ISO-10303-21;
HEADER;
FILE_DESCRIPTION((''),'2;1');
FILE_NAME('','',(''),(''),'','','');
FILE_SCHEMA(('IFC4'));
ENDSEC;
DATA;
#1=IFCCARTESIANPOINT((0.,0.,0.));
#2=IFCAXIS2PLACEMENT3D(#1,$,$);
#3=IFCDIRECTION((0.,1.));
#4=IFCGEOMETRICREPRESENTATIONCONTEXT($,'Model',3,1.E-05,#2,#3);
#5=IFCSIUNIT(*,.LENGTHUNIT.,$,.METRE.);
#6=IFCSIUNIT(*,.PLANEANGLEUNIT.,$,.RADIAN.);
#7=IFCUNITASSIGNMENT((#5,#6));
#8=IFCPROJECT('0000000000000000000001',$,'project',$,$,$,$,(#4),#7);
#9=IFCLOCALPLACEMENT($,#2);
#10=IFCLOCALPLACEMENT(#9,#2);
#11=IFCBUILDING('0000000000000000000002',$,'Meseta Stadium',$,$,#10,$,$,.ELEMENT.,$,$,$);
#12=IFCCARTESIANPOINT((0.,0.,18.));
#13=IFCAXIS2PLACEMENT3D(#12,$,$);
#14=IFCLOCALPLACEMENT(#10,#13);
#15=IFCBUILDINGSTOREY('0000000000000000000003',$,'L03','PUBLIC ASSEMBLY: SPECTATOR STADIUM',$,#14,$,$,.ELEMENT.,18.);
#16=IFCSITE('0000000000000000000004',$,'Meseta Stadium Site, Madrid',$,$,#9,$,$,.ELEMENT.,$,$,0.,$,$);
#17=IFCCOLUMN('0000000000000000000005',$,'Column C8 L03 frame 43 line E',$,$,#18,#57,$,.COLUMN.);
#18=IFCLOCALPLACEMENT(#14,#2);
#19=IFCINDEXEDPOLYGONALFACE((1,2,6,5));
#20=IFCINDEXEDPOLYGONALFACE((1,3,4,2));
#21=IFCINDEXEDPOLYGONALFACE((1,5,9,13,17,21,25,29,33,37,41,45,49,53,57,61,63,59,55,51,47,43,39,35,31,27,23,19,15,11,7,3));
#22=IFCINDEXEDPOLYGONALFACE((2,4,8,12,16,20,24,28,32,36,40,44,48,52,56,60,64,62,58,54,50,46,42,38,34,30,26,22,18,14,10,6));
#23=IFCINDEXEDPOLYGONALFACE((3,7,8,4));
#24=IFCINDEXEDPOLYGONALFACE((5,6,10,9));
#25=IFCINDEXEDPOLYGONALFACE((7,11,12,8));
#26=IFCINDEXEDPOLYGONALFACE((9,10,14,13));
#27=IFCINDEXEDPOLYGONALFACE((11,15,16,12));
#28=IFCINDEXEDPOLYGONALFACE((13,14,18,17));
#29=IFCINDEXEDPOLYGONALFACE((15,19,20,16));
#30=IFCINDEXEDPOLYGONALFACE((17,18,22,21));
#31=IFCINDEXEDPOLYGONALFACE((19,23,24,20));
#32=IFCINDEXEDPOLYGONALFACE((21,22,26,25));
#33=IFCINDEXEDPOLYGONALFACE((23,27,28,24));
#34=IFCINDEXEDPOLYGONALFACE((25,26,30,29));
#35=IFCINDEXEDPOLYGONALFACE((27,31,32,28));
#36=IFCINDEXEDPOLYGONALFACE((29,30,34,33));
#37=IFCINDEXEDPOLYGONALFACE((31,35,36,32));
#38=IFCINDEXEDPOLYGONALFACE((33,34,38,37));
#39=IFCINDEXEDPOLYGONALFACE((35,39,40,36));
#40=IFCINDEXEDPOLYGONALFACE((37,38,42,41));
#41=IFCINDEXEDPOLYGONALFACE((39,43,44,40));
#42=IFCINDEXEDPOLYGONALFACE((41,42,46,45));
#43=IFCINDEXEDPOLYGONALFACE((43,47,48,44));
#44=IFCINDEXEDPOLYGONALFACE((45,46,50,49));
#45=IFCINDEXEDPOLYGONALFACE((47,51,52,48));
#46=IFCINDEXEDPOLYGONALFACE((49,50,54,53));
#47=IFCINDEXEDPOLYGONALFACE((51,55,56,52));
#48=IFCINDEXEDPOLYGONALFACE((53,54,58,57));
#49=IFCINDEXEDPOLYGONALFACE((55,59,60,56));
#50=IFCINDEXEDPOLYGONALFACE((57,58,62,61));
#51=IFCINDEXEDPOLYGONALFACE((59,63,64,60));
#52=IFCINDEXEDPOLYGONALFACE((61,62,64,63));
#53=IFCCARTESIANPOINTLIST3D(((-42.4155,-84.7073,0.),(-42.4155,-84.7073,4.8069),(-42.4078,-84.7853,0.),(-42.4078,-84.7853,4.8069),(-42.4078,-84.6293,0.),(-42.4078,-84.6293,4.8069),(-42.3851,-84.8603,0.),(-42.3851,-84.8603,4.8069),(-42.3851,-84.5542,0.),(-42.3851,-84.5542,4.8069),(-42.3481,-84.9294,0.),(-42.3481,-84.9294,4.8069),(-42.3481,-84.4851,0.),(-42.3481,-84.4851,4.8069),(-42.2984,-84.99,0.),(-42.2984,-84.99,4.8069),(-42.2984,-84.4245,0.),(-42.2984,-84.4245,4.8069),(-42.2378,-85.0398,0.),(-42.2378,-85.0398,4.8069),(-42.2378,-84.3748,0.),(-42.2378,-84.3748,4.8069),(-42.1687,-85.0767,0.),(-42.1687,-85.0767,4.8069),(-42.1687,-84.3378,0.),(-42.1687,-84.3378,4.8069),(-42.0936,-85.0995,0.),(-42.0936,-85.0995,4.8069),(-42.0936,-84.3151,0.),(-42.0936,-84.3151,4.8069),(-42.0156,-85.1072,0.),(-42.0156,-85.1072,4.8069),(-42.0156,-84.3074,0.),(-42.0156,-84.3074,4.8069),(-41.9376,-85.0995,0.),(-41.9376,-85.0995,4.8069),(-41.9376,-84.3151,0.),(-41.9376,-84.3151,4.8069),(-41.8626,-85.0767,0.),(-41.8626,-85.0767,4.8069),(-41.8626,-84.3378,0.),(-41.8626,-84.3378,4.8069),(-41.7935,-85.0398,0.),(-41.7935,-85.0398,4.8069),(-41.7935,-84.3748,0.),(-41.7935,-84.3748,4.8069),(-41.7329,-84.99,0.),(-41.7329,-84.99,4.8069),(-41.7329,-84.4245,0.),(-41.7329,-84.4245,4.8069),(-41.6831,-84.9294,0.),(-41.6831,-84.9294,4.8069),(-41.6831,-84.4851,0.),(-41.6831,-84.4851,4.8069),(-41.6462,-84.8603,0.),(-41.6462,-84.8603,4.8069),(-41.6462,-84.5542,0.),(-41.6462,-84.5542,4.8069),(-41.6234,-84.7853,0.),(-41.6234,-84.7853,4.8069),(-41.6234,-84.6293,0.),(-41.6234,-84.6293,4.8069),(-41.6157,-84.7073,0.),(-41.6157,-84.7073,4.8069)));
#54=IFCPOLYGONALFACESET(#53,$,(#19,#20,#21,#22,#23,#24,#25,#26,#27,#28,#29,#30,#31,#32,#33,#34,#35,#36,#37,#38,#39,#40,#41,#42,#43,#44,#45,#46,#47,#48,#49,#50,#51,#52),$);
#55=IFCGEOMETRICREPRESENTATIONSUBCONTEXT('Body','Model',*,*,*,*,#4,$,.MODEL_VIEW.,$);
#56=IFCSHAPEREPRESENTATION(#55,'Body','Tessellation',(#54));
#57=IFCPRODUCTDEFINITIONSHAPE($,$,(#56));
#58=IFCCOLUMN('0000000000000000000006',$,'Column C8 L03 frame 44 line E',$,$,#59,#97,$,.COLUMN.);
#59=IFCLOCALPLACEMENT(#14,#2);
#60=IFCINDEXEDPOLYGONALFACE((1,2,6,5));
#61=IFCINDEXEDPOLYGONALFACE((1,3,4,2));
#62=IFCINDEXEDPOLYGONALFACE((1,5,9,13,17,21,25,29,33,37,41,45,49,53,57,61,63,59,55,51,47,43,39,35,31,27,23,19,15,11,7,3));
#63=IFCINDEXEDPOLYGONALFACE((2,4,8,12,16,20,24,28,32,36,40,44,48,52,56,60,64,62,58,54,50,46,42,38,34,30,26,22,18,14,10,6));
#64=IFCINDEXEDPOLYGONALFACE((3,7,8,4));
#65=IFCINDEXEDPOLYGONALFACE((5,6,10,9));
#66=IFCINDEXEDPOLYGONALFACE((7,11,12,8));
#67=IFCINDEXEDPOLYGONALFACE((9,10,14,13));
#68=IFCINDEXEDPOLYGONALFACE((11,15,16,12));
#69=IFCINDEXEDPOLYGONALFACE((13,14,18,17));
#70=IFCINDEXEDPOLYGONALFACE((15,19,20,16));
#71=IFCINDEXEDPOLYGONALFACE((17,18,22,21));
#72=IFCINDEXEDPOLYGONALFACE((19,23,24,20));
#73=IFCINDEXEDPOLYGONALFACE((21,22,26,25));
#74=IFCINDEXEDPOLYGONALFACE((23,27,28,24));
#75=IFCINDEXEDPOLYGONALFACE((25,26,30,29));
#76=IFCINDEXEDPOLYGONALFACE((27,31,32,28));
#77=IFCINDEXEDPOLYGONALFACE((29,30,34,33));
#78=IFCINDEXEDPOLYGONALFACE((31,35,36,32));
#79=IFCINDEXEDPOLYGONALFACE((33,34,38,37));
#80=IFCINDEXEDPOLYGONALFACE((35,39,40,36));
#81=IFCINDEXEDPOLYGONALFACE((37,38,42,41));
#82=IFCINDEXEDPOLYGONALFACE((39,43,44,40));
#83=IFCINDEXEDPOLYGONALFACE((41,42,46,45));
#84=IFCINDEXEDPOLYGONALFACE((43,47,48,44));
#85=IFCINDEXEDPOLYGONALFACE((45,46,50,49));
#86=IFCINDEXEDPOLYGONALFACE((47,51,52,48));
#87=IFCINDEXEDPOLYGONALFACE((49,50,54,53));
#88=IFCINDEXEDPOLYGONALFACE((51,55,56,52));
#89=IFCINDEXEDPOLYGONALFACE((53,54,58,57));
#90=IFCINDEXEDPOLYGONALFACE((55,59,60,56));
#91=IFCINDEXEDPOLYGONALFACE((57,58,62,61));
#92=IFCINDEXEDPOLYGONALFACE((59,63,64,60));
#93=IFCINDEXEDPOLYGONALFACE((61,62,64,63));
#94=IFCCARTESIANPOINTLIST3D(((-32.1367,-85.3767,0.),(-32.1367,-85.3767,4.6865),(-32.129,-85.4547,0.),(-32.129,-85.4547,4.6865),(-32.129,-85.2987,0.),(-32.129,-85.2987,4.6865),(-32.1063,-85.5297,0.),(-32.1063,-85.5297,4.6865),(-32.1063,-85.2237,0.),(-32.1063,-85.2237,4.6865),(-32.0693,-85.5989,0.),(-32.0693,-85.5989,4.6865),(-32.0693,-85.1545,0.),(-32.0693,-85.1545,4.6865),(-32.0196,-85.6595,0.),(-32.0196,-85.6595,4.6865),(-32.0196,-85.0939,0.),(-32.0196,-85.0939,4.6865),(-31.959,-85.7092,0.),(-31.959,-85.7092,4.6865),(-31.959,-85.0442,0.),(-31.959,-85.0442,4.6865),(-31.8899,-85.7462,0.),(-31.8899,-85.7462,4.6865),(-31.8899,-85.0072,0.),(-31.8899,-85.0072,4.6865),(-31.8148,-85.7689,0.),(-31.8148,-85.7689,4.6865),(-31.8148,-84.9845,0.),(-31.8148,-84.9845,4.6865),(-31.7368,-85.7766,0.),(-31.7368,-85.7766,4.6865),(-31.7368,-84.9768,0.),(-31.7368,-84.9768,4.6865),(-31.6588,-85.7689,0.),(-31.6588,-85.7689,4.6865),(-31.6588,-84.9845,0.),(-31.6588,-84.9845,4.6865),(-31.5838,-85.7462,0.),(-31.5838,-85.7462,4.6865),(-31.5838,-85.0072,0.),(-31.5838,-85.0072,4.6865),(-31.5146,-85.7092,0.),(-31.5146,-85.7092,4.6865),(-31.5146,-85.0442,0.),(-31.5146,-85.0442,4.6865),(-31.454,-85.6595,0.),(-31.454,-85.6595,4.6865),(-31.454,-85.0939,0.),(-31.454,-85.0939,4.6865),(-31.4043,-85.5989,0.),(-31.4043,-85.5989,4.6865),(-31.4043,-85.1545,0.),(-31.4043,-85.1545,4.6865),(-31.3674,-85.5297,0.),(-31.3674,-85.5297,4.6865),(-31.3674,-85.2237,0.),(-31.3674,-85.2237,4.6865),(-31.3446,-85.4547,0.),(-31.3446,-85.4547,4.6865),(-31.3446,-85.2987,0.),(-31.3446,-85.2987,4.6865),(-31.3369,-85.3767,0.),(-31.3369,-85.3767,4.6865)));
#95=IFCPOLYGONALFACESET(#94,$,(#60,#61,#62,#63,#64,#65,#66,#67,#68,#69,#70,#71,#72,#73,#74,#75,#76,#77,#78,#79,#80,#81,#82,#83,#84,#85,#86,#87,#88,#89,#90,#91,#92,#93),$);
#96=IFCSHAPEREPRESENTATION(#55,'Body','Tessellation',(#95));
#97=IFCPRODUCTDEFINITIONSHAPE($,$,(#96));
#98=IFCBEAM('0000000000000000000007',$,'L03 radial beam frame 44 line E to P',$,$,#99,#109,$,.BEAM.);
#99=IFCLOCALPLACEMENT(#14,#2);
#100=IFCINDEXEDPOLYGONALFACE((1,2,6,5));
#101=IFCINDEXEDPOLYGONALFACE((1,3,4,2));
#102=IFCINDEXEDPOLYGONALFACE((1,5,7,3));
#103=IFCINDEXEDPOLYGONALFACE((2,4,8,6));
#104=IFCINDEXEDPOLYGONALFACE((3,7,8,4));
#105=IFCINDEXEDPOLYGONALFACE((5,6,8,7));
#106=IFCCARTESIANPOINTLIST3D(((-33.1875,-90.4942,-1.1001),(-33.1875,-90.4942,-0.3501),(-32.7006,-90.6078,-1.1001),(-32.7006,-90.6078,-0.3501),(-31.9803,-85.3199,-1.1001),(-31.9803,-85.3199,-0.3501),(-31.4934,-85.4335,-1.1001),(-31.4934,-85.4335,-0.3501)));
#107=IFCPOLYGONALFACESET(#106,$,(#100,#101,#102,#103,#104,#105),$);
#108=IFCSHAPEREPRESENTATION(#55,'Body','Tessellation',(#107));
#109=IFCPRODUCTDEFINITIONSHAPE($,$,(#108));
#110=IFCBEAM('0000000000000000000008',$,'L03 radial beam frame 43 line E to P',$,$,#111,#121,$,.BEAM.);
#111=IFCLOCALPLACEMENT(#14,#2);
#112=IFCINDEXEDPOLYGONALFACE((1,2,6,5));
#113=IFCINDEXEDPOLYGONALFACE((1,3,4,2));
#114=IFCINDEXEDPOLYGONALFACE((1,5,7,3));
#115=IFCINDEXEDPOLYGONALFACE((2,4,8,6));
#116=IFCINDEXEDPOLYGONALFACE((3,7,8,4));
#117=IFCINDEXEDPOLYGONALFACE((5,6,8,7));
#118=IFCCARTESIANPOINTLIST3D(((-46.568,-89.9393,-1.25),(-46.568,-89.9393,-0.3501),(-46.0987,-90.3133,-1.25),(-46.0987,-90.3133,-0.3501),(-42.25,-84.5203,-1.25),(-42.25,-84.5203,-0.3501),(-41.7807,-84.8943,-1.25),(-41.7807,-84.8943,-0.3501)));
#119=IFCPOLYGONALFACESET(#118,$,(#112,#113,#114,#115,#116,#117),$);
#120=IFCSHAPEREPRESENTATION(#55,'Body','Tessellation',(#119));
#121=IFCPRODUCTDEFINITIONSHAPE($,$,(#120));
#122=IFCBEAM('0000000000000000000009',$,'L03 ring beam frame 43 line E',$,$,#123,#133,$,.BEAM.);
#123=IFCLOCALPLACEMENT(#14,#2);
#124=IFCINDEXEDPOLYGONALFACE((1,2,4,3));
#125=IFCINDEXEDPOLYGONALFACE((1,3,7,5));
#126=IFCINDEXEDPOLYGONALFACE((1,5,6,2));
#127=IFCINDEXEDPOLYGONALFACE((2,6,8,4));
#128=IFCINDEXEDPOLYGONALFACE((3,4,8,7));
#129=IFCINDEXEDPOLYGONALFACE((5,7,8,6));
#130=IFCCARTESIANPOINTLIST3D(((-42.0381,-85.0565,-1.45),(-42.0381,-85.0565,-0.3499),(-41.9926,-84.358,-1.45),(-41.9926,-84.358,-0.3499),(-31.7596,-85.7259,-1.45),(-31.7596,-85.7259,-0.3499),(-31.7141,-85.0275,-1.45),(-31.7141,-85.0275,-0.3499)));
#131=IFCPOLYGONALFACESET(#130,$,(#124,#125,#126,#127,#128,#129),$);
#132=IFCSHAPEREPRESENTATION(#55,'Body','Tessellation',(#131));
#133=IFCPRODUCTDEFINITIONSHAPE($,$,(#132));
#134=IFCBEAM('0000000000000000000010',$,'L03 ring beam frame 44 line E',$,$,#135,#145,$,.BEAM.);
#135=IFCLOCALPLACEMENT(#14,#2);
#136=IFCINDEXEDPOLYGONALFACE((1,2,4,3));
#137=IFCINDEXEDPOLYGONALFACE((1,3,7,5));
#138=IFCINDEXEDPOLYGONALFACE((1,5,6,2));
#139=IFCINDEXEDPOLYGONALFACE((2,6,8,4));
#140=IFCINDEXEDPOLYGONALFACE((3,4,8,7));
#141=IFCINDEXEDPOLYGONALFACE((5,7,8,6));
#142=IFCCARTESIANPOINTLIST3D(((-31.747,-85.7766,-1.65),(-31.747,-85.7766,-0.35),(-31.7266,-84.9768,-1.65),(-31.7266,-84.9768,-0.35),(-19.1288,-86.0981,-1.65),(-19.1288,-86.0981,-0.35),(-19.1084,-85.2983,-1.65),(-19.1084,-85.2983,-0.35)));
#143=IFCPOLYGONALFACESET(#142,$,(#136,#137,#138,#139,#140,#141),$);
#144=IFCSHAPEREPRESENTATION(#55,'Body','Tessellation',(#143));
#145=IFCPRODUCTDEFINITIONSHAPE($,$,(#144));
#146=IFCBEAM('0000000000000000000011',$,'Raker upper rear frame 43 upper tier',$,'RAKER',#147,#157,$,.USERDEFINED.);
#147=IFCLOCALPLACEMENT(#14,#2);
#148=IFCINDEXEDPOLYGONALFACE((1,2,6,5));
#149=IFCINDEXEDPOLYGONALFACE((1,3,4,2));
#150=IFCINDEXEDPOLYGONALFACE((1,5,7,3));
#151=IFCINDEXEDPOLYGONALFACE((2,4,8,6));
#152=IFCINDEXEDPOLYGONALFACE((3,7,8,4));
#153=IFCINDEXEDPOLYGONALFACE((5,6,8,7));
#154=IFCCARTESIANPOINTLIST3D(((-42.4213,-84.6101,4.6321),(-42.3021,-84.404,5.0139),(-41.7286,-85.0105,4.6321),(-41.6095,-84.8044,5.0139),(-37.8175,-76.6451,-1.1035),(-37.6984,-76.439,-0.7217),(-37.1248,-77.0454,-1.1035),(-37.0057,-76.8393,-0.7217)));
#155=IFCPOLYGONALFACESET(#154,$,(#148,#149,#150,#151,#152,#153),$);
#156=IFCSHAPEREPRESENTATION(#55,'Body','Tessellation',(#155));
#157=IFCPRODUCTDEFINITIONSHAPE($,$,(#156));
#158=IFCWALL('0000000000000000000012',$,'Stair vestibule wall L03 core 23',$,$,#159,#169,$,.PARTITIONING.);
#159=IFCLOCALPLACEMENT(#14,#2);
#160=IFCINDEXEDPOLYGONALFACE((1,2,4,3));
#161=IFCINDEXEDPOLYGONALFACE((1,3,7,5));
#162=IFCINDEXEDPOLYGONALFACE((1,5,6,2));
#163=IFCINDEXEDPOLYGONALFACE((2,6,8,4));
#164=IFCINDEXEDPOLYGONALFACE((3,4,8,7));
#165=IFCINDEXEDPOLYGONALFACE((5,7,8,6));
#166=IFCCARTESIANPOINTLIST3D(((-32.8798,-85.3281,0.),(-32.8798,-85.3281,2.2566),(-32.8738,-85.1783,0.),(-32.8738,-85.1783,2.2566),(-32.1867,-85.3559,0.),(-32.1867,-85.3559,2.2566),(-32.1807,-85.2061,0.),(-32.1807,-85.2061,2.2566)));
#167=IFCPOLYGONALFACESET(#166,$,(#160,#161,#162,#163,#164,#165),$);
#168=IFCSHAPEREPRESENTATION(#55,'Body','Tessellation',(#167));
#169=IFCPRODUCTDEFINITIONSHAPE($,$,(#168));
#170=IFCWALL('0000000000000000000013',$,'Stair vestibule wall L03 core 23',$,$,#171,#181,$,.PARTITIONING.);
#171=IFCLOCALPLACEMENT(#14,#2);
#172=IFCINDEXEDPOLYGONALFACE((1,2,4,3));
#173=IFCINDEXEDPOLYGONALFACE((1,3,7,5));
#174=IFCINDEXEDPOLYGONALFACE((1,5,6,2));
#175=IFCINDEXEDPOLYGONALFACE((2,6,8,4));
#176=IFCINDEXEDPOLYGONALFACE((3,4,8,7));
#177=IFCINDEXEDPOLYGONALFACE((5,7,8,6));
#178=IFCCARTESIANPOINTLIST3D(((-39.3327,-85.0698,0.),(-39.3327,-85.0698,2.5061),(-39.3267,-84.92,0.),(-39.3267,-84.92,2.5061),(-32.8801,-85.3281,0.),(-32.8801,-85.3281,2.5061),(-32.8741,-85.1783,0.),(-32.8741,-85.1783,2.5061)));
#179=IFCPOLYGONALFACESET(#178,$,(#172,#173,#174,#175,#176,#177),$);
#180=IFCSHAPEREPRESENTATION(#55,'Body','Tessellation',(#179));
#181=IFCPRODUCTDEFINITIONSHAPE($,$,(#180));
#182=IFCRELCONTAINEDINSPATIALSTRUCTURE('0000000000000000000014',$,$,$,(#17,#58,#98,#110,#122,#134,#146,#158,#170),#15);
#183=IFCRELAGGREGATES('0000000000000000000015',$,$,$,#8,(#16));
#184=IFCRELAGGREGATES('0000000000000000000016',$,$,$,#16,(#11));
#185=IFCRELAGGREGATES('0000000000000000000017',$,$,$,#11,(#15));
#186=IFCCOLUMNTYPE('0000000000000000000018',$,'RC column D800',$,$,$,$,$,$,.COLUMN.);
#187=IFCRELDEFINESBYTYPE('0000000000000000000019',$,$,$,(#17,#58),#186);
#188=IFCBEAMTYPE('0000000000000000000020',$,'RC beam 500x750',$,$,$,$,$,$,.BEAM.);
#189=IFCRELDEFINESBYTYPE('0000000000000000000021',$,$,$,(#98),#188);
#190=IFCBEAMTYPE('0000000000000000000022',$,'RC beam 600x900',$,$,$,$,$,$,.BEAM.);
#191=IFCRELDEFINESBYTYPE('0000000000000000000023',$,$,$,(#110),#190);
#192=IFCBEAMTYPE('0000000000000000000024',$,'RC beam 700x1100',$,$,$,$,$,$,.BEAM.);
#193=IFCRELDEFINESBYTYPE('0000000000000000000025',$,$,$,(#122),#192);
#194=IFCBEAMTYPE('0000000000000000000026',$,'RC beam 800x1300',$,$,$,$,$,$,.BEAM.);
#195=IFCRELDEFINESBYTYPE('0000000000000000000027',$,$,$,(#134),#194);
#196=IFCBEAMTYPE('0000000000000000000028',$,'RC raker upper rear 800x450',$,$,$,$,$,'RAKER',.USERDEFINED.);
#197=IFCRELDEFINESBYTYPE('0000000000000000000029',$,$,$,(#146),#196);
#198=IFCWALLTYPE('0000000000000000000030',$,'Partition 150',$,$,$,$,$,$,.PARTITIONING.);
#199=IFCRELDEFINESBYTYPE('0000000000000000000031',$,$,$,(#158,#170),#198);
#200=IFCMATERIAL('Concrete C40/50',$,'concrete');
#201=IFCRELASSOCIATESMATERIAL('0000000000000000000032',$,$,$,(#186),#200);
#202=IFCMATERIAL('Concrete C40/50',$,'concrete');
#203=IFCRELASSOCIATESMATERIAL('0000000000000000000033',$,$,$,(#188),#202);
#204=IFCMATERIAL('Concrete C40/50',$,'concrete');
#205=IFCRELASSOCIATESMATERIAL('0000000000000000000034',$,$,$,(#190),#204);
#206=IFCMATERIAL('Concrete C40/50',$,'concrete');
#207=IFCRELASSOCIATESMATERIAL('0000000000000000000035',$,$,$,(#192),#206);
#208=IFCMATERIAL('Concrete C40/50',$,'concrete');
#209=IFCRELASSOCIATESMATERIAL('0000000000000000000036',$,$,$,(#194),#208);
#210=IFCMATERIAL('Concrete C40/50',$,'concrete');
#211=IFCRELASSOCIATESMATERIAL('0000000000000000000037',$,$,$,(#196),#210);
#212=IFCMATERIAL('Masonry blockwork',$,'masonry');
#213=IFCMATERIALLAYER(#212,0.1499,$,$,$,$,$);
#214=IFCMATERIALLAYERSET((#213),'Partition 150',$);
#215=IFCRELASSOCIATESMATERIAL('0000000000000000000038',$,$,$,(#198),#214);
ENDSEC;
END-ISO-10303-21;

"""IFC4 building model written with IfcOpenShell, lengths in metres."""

from ifc_helpers import new_model, si_unit, direction, frame, frame_2d, origin, origin_2d, place, context, subcontext, project, spatial, rectangle, circle, extrude, material, layer, layer_set, material_profile, profile_set, type_object, element, save


model = new_model("IFC4")

# Units and contexts
model_context = context("Model", 3, precision=1e-05, world=origin(), true_north=direction((0.0, 1.0)))
body_context = subcontext(model_context, "Body", "Model", "MODEL_VIEW")
ifc_project = project(units=[si_unit("LENGTHUNIT", "METRE"), si_unit("PLANEANGLEUNIT", "RADIAN")], contexts=[model_context])

# Site, building, storey
site_placement = place(None, origin())
site = spatial("IfcSite", under=ifc_project, at=site_placement, Name="Meseta Stadium Site, Madrid", CompositionType="ELEMENT", RefElevation=0.0)
building_placement = place(site_placement, origin())
building = spatial("IfcBuilding", under=site, at=building_placement, Name="Meseta Stadium", CompositionType="ELEMENT")
storey_placement = place(building_placement, frame((0.0, 0.0, 18.0)))
storey = spatial("IfcBuildingStorey", under=building, at=storey_placement, Name="L03", Description="PUBLIC ASSEMBLY: SPECTATOR STADIUM", CompositionType="ELEMENT", Elevation=18.0)

# Columns
ifc_material_1 = material(Name="Concrete C40/50", Category="concrete")
ifc_material_profile_1 = material_profile(ifc_material_1, circle(Radius=0.3999, at=origin_2d()), Name="RC D800")
ifc_profile_set_1 = profile_set([ifc_material_profile_1], Name="Concrete C40/50")
column_type = type_object("IfcColumnType", Name="RC column D800", PredefinedType="COLUMN", material=ifc_profile_set_1)
column_1_placement = place(storey_placement, frame((-42.0156, -84.7073, 0.0), z_axis=(0.0, 0.0, 1.0), x_axis=(1.0, 0.0, 0.0)))
element("IfcColumn", 1, at=column_1_placement, inside=storey, type_object=column_type, Name="Column C8 L03 frame 43 line E", PredefinedType="COLUMN", context=body_context, shape_type="SweptSolid", body=[
    extrude(circle(Radius=0.3999, at=origin_2d()), origin(), (0.0, 0.0, 1.0), 4.8069),
])
column_2_placement = place(storey_placement, frame((-31.7368, -85.3767, 0.0), z_axis=(0.0, 0.0, 1.0), x_axis=(1.0, 0.0, 0.0)))
element("IfcColumn", 2, at=column_2_placement, inside=storey, type_object=column_type, Name="Column C8 L03 frame 44 line E", PredefinedType="COLUMN", context=body_context, shape_type="SweptSolid", body=[
    extrude(circle(Radius=0.3999, at=origin_2d()), origin(), (0.0, 0.0, 1.0), 4.6865),
])

# Beams
ifc_material_2 = material(Name="Concrete C40/50", Category="concrete")
ifc_material_profile_2 = material_profile(ifc_material_2, rectangle(XDim=0.5, YDim=0.75, at=origin_2d()), Name="RC 500x750")
ifc_profile_set_2 = profile_set([ifc_material_profile_2], Name="Concrete C40/50")
beam_type_1 = type_object("IfcBeamType", Name="RC beam 500x750", PredefinedType="BEAM", material=ifc_profile_set_2)
beam_1_placement = place(storey_placement, frame((-31.7368, -85.3767, -0.7251), z_axis=(-0.227218, -0.973844, 0.0), x_axis=(0.973844, -0.227218, 0.0)))
element("IfcBeam", 3, at=beam_1_placement, inside=storey, type_object=beam_type_1, Name="L03 radial beam frame 44 line E to P", PredefinedType="BEAM", context=body_context, shape_type="SweptSolid", body=[
    extrude(rectangle(XDim=0.5, YDim=0.75, at=origin_2d()), origin(), (0.0, 0.0, 1.0), 5.3132),
])
ifc_material_3 = material(Name="Concrete C40/50", Category="concrete")
ifc_material_profile_3 = material_profile(ifc_material_3, rectangle(XDim=0.6001, YDim=0.8999, at=origin_2d()), Name="RC 600x900")
ifc_profile_set_3 = profile_set([ifc_material_profile_3], Name="Concrete C40/50")
beam_type_2 = type_object("IfcBeamType", Name="RC beam 600x900", PredefinedType="BEAM", material=ifc_profile_set_3)
beam_2_placement = place(storey_placement, frame((-42.0154, -84.7073, -0.8), z_axis=(-0.623173, -0.782084, 0.0), x_axis=(0.782084, -0.623173, 0.0)))
element("IfcBeam", 4, at=beam_2_placement, inside=storey, type_object=beam_type_2, Name="L03 radial beam frame 43 line E to P", PredefinedType="BEAM", context=body_context, shape_type="SweptSolid", body=[
    extrude(rectangle(XDim=0.6001, YDim=0.8999, at=origin_2d()), origin(), (0.0, 0.0, 1.0), 6.929),
])
ifc_material_4 = material(Name="Concrete C40/50", Category="concrete")
ifc_material_profile_4 = material_profile(ifc_material_4, rectangle(XDim=0.7, YDim=1.1001, at=origin_2d()), Name="RC 700x1100")
ifc_profile_set_4 = profile_set([ifc_material_profile_4], Name="Concrete C40/50")
beam_type_3 = type_object("IfcBeamType", Name="RC beam 700x1100", PredefinedType="BEAM", material=ifc_profile_set_4)
beam_3_placement = place(storey_placement, frame((-42.0154, -84.7073, -0.8999), z_axis=(0.997886, -0.064991, 0.0), x_axis=(0.064991, 0.997886, 0.0)))
element("IfcBeam", 5, at=beam_3_placement, inside=storey, type_object=beam_type_3, Name="L03 ring beam frame 43 line E", PredefinedType="BEAM", context=body_context, shape_type="SweptSolid", body=[
    extrude(rectangle(XDim=0.7, YDim=1.1001, at=origin_2d()), origin(), (0.0, 0.0, 1.0), 10.3003),
])
ifc_material_5 = material(Name="Concrete C40/50", Category="concrete")
ifc_material_profile_5 = material_profile(ifc_material_5, rectangle(XDim=0.8, YDim=1.3, at=origin_2d()), Name="RC 800x1300")
ifc_profile_set_5 = profile_set([ifc_material_profile_5], Name="Concrete C40/50")
beam_type_4 = type_object("IfcBeamType", Name="RC beam 800x1300", PredefinedType="BEAM", material=ifc_profile_set_5)
beam_4_placement = place(storey_placement, frame((-31.7368, -85.3767, -1.0), z_axis=(0.999675, -0.025474, 0.0), x_axis=(0.025474, 0.999675, 0.0)))
element("IfcBeam", 6, at=beam_4_placement, inside=storey, type_object=beam_type_4, Name="L03 ring beam frame 44 line E", PredefinedType="BEAM", context=body_context, shape_type="SweptSolid", body=[
    extrude(rectangle(XDim=0.8, YDim=1.3, at=origin_2d()), origin(), (0.0, 0.0, 1.0), 12.6223),
])
ifc_material_6 = material(Name="Concrete C40/50", Category="concrete")
ifc_material_profile_6 = material_profile(ifc_material_6, rectangle(XDim=0.8, YDim=0.45, at=origin_2d()), Name="RC 800x450")
ifc_profile_set_6 = profile_set([ifc_material_profile_6], Name="Concrete C40/50")
beam_type_5 = type_object("IfcBeamType", Name="RC raker upper rear 800x450", ElementType="RAKER", PredefinedType="USERDEFINED", material=ifc_profile_set_6)
beam_5_placement = place(storey_placement, frame((-37.4116, -76.7422, -0.9126), z_axis=(-0.424649, -0.734697, 0.529049), x_axis=(0.865785, -0.500417, 0.0)))
element("IfcBeam", 7, at=beam_5_placement, inside=storey, type_object=beam_type_5, Name="Raker upper rear frame 43 upper tier", ObjectType="RAKER", PredefinedType="USERDEFINED", context=body_context, shape_type="SweptSolid", body=[
    extrude(rectangle(XDim=0.8, YDim=0.45, at=origin_2d()), origin(), (0.0, 0.0, 1.0), 10.8413),
])

# Walls
ifc_material_7 = material(Name="Masonry blockwork", Category="masonry")
ifc_layer_1 = layer(ifc_material_7, 0.1499)
ifc_layer_set_1 = layer_set([ifc_layer_1], Name="Partition 150")
wall_type = type_object("IfcWallType", Name="Partition 150", PredefinedType="PARTITIONING", material=ifc_layer_set_1)
wall_1_placement = place(storey_placement, frame((-32.1838, -85.281, 0.0), z_axis=(0.0, 0.0, 1.0), x_axis=(-0.999195, 0.040123, 0.0)))
element("IfcWall", 8, at=wall_1_placement, inside=storey, type_object=wall_type, Name="Stair vestibule wall L03 core 23", PredefinedType="PARTITIONING", context=body_context, shape_type="SweptSolid", body=[
    extrude(rectangle(XDim=0.6936, YDim=0.1499, at=frame_2d((0.3467, 0.0))), origin(), (0.0, 0.0, 1.0), 2.2566),
])
wall_2_placement = place(storey_placement, frame((-32.877, -85.2532, 0.0), z_axis=(0.0, 0.0, 1.0), x_axis=(-0.9992, 0.039998, 0.0)))
element("IfcWall", 9, at=wall_2_placement, inside=storey, type_object=wall_type, Name="Stair vestibule wall L03 core 23", PredefinedType="PARTITIONING", context=body_context, shape_type="SweptSolid", body=[
    extrude(rectangle(XDim=6.4578, YDim=0.1499, at=frame_2d((3.229, 0.0))), origin(), (0.0, 0.0, 1.0), 2.5061),
])

save(model, "model.ifc")
